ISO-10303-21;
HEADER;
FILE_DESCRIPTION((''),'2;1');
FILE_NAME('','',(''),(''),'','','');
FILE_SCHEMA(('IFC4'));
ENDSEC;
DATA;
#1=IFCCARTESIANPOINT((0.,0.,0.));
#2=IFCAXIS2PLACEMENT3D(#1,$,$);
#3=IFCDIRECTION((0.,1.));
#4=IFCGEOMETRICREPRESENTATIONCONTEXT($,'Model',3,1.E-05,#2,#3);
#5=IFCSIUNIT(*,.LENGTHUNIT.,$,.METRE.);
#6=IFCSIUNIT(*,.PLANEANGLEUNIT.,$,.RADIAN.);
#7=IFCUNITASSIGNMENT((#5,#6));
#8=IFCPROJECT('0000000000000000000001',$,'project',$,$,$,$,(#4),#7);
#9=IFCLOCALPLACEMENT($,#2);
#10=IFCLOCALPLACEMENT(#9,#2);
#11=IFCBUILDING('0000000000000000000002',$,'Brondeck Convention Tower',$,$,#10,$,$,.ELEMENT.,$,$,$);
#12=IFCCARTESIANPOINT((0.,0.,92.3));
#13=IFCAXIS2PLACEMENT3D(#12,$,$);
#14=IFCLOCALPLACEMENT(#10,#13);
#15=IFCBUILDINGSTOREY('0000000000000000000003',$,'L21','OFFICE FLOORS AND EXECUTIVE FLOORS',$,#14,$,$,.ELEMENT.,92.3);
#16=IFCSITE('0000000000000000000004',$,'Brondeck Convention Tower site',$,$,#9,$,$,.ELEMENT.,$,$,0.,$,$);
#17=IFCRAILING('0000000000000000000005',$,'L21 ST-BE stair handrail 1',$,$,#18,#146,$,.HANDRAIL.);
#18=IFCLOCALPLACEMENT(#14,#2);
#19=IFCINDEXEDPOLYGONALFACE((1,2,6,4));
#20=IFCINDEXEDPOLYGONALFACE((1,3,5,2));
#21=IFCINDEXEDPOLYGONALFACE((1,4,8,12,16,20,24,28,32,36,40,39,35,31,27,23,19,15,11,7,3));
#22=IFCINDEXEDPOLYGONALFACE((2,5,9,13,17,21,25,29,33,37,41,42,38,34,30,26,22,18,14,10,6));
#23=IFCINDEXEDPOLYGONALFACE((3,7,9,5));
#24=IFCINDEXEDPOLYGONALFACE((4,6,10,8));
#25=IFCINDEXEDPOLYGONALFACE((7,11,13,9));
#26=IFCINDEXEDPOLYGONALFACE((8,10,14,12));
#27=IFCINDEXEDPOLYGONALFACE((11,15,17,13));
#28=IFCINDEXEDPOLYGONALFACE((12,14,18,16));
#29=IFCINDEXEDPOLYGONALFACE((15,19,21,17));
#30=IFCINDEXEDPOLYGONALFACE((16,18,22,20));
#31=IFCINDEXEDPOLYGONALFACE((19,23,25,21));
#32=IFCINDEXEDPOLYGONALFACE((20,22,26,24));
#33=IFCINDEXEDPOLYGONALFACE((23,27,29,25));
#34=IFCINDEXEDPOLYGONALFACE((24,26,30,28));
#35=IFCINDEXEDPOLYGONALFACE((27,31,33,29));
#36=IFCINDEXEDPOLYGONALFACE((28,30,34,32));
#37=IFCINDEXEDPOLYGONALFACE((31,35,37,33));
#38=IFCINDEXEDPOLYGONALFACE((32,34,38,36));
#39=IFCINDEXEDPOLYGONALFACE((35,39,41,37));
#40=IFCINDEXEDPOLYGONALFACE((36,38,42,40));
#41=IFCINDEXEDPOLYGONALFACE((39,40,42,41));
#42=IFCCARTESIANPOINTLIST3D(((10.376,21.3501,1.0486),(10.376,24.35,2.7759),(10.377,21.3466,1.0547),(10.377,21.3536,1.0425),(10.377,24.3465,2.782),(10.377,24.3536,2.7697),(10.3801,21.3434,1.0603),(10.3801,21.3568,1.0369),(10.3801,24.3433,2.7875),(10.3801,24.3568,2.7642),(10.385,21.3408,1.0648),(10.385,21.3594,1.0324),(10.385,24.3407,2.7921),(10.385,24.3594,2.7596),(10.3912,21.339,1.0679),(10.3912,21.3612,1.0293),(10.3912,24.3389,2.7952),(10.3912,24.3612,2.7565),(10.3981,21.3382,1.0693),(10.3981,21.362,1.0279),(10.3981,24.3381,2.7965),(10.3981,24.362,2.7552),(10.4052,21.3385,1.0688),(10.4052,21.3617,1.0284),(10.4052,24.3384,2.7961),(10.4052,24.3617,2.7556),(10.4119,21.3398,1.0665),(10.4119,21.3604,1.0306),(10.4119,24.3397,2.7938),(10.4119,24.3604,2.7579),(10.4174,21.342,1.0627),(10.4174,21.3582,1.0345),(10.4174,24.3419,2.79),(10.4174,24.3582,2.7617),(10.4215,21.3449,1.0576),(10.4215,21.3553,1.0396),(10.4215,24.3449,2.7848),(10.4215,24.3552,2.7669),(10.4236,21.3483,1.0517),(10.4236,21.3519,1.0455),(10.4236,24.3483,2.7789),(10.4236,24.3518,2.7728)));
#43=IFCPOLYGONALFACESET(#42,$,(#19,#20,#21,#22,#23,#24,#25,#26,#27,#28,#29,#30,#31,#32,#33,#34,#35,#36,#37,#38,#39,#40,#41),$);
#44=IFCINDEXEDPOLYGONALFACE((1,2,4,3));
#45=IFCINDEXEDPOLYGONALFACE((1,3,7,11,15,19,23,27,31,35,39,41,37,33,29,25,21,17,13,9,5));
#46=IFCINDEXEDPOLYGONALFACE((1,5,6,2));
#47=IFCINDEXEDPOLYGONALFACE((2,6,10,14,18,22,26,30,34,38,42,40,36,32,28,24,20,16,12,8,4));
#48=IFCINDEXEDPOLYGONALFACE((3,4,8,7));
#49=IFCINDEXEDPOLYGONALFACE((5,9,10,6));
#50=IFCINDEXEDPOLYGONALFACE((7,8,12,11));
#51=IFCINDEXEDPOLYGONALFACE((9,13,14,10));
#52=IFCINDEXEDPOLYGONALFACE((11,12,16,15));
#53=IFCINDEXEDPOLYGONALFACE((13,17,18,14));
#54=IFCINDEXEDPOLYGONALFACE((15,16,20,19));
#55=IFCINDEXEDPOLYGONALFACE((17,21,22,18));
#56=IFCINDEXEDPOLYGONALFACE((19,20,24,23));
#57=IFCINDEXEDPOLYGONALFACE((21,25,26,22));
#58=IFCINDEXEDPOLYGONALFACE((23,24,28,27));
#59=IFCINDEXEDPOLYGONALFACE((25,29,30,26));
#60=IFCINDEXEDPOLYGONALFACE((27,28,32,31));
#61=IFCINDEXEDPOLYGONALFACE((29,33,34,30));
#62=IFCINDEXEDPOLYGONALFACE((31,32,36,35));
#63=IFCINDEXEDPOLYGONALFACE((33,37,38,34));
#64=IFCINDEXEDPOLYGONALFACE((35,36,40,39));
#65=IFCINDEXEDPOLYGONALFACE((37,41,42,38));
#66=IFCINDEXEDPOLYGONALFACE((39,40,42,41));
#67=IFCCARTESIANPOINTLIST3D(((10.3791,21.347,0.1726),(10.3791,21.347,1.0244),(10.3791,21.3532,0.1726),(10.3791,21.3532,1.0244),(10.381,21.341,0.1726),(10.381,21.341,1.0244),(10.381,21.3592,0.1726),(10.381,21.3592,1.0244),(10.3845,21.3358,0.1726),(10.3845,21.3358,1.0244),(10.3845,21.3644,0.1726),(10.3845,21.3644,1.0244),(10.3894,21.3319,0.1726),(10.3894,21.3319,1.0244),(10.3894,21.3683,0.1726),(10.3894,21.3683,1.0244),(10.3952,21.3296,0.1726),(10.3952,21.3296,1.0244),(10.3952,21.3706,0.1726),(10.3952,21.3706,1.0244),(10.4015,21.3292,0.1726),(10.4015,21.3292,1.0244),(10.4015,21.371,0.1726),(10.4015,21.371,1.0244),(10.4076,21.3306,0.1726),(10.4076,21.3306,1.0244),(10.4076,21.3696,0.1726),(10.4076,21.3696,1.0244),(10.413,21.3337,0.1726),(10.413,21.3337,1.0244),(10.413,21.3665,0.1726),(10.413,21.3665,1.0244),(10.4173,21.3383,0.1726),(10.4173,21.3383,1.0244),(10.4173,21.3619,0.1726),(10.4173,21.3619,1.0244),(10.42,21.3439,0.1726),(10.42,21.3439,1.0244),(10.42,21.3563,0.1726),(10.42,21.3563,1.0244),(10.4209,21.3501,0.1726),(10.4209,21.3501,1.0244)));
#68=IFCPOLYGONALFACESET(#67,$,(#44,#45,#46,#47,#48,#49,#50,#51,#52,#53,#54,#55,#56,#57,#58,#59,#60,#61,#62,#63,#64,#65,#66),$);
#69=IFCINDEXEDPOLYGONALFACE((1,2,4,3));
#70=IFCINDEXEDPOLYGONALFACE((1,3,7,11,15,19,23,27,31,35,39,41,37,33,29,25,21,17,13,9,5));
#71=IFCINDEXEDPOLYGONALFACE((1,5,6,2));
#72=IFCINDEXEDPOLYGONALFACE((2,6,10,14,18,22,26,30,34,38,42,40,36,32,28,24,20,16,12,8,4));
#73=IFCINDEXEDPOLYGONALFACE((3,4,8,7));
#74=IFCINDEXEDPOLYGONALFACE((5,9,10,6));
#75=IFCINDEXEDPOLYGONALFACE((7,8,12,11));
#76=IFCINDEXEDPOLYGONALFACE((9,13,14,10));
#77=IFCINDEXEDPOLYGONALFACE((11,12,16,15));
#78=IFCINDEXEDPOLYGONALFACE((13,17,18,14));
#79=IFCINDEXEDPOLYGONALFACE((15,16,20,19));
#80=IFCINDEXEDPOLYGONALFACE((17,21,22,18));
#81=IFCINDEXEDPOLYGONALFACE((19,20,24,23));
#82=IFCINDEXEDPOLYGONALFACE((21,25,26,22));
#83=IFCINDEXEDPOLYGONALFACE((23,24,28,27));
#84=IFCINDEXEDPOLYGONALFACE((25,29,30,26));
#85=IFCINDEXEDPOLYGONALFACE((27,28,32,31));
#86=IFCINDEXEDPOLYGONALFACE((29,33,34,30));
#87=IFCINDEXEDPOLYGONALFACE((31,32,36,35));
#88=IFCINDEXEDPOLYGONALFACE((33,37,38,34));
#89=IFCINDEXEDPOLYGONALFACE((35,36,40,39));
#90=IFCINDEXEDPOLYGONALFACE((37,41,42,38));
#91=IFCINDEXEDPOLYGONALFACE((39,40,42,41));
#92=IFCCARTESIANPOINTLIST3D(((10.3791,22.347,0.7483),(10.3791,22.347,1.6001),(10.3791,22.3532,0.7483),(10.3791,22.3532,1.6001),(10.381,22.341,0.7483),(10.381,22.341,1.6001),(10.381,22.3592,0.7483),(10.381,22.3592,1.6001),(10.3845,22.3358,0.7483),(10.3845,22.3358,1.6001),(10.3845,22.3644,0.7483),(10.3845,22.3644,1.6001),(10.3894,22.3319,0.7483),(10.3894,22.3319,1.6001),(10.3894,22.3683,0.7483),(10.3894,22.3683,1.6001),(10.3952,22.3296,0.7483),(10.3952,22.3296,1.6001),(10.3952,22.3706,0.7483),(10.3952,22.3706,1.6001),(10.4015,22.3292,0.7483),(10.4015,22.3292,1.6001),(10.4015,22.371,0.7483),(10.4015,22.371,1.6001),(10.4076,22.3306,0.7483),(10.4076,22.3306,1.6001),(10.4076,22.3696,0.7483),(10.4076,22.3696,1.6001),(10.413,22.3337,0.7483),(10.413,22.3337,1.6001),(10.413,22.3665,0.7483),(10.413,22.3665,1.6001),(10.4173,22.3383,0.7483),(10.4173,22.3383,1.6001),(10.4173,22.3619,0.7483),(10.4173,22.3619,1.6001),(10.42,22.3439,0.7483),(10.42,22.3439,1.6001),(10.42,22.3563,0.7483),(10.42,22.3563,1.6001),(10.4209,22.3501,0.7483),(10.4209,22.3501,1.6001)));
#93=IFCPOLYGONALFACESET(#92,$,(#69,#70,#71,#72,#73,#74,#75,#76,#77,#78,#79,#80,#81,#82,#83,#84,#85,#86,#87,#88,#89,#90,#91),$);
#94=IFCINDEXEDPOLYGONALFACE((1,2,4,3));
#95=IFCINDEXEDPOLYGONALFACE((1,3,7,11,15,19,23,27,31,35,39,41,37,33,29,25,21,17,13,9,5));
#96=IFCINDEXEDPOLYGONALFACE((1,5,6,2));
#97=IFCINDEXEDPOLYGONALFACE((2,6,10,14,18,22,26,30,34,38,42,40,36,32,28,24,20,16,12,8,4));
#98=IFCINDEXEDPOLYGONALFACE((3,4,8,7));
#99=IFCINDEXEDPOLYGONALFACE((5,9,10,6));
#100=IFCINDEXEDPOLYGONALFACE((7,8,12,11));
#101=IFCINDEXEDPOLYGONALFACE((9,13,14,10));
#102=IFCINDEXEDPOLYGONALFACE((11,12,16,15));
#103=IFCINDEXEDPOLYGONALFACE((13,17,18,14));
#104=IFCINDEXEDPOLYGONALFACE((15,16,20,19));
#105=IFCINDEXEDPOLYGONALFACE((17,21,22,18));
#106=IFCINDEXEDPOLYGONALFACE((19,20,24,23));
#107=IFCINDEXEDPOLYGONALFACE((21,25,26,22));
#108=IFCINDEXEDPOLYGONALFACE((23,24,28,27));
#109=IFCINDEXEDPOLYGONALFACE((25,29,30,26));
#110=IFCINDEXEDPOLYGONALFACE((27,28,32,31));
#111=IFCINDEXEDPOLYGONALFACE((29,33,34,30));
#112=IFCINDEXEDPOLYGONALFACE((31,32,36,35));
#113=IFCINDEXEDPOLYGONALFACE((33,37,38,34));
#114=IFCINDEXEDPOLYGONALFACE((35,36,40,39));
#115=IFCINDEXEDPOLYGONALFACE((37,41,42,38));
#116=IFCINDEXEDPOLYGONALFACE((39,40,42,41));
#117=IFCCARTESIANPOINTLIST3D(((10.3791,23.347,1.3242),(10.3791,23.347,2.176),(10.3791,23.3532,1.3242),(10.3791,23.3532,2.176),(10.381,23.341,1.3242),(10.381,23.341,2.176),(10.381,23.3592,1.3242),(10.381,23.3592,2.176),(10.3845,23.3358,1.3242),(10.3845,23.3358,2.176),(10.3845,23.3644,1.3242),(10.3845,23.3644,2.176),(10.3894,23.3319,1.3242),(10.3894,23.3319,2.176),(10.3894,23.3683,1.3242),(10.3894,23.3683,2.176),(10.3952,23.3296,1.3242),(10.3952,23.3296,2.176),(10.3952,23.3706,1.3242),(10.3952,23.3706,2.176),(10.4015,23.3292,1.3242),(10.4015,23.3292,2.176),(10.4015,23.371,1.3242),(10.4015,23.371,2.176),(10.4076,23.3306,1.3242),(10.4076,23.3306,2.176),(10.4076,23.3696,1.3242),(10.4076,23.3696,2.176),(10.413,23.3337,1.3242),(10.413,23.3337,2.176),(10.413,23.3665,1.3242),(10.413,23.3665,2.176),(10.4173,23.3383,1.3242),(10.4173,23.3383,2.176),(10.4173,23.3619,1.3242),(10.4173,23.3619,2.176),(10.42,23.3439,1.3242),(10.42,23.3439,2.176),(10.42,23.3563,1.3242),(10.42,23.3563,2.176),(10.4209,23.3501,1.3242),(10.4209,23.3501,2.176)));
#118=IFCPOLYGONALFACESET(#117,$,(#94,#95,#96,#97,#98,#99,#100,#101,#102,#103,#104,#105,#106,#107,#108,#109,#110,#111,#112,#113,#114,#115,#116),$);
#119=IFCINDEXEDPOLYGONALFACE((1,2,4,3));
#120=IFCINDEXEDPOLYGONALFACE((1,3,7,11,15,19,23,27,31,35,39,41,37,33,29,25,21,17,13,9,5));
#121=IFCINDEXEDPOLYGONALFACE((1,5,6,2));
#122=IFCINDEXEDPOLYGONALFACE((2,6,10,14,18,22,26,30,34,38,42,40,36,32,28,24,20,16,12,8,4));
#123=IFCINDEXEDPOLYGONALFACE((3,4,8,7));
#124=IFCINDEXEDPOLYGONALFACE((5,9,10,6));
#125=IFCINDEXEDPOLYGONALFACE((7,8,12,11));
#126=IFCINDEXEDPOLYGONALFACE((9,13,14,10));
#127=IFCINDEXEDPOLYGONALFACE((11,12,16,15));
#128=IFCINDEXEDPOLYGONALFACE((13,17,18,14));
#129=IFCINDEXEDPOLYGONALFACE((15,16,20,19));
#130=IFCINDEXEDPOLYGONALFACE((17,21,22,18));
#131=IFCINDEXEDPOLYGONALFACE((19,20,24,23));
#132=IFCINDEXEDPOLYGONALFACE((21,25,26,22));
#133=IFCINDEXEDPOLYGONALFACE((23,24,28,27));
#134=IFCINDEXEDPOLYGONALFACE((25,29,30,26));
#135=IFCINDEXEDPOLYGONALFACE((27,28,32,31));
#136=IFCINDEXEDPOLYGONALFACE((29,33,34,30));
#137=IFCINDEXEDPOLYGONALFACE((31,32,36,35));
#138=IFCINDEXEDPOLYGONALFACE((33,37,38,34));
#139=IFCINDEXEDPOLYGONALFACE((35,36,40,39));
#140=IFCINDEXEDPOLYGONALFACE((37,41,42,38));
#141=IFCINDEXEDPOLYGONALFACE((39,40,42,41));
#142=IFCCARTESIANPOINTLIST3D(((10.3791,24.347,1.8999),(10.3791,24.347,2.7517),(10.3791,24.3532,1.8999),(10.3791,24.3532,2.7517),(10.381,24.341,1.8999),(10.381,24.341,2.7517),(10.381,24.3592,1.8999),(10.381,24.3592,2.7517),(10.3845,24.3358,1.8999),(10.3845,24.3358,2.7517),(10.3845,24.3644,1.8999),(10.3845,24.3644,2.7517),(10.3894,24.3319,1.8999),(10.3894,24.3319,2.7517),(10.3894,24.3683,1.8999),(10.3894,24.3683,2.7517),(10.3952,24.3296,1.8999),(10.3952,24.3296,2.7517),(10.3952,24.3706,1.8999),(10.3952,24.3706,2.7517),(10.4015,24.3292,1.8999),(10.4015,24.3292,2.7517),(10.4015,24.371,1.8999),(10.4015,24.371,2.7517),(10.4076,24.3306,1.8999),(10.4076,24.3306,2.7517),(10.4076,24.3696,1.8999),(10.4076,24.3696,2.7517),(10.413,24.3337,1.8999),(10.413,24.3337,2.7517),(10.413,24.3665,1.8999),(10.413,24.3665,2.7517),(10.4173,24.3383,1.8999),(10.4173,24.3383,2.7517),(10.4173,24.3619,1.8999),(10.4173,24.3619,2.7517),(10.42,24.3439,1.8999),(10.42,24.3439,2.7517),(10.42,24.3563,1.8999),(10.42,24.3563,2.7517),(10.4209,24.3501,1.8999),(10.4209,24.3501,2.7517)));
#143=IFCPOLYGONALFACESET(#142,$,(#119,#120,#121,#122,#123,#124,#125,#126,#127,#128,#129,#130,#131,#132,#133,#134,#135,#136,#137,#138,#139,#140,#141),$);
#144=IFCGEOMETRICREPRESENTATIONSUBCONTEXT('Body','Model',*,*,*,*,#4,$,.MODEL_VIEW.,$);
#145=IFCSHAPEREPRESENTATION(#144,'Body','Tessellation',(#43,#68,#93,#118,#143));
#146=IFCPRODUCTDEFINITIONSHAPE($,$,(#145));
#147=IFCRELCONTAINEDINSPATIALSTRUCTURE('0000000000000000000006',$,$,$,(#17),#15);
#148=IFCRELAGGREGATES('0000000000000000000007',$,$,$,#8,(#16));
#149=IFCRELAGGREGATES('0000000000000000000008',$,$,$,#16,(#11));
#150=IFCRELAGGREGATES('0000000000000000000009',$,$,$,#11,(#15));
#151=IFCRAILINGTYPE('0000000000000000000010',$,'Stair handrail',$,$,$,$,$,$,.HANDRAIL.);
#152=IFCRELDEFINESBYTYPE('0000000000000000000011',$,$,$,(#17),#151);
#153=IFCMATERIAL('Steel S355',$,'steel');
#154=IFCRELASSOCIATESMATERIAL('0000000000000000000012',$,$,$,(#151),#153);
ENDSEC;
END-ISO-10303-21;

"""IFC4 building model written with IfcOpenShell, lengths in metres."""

from ifc_helpers import new_model, si_unit, direction, frame, origin, origin_2d, place, context, subcontext, project, spatial, circle, extrude, material, type_object, element, save


model = new_model("IFC4")

# Units and contexts
model_context = context("Model", 3, precision=1e-05, world=origin(), true_north=direction((0.0, 1.0)))
body_context = subcontext(model_context, "Body", "Model", "MODEL_VIEW")
ifc_project = project(units=[si_unit("LENGTHUNIT", "METRE"), si_unit("PLANEANGLEUNIT", "RADIAN")], contexts=[model_context])

# Site, building, storey
site_placement = place(None, origin())
site = spatial("IfcSite", under=ifc_project, at=site_placement, Name="Brondeck Convention Tower site", CompositionType="ELEMENT", RefElevation=0.0)
building_placement = place(site_placement, origin())
building = spatial("IfcBuilding", under=site, at=building_placement, Name="Brondeck Convention Tower", CompositionType="ELEMENT")
storey_placement = place(building_placement, frame((0.0, 0.0, 92.3)))
storey = spatial("IfcBuildingStorey", under=building, at=storey_placement, Name="L21", Description="OFFICE FLOORS AND EXECUTIVE FLOORS", CompositionType="ELEMENT", Elevation=92.3)

# Shared definitions
ifc_material_1 = material(Name="Steel S355", Category="steel")

# Railing
railing_type_1 = type_object("IfcRailingType", Name="Stair handrail", PredefinedType="HANDRAIL", material=ifc_material_1)
railing_1_placement = place(storey_placement, frame((10.3999, 21.3501, 0.1726)))
element("IfcRailing", 1, at=railing_1_placement, inside=storey, type_object=railing_type_1, Name="L21 ST-BE stair handrail 1", PredefinedType="HANDRAIL", context=body_context, shape_type="SweptSolid", body=[
    extrude(circle(Radius=0.0239, at=origin_2d()), frame((0.0, 0.0, 0.876), z_axis=(0.0, 0.86662, 0.498969), x_axis=(-1.0, 0.0, 0.0)), (0.0, 0.0, 1.0), 3.4617),
    extrude(circle(Radius=0.021, at=origin_2d()), origin(), (0.0, 0.0, 1.0), 0.8518),
    extrude(circle(Radius=0.021, at=origin_2d()), frame((0.0, 1.0, 0.5757)), (0.0, 0.0, 1.0), 0.8518),
    extrude(circle(Radius=0.021, at=origin_2d()), frame((0.0, 2.0, 1.1516)), (0.0, 0.0, 1.0), 0.8518),
    extrude(circle(Radius=0.021, at=origin_2d()), frame((0.0, 3.0, 1.7273)), (0.0, 0.0, 1.0), 0.8518),
])

save(model, "model.ifc")
